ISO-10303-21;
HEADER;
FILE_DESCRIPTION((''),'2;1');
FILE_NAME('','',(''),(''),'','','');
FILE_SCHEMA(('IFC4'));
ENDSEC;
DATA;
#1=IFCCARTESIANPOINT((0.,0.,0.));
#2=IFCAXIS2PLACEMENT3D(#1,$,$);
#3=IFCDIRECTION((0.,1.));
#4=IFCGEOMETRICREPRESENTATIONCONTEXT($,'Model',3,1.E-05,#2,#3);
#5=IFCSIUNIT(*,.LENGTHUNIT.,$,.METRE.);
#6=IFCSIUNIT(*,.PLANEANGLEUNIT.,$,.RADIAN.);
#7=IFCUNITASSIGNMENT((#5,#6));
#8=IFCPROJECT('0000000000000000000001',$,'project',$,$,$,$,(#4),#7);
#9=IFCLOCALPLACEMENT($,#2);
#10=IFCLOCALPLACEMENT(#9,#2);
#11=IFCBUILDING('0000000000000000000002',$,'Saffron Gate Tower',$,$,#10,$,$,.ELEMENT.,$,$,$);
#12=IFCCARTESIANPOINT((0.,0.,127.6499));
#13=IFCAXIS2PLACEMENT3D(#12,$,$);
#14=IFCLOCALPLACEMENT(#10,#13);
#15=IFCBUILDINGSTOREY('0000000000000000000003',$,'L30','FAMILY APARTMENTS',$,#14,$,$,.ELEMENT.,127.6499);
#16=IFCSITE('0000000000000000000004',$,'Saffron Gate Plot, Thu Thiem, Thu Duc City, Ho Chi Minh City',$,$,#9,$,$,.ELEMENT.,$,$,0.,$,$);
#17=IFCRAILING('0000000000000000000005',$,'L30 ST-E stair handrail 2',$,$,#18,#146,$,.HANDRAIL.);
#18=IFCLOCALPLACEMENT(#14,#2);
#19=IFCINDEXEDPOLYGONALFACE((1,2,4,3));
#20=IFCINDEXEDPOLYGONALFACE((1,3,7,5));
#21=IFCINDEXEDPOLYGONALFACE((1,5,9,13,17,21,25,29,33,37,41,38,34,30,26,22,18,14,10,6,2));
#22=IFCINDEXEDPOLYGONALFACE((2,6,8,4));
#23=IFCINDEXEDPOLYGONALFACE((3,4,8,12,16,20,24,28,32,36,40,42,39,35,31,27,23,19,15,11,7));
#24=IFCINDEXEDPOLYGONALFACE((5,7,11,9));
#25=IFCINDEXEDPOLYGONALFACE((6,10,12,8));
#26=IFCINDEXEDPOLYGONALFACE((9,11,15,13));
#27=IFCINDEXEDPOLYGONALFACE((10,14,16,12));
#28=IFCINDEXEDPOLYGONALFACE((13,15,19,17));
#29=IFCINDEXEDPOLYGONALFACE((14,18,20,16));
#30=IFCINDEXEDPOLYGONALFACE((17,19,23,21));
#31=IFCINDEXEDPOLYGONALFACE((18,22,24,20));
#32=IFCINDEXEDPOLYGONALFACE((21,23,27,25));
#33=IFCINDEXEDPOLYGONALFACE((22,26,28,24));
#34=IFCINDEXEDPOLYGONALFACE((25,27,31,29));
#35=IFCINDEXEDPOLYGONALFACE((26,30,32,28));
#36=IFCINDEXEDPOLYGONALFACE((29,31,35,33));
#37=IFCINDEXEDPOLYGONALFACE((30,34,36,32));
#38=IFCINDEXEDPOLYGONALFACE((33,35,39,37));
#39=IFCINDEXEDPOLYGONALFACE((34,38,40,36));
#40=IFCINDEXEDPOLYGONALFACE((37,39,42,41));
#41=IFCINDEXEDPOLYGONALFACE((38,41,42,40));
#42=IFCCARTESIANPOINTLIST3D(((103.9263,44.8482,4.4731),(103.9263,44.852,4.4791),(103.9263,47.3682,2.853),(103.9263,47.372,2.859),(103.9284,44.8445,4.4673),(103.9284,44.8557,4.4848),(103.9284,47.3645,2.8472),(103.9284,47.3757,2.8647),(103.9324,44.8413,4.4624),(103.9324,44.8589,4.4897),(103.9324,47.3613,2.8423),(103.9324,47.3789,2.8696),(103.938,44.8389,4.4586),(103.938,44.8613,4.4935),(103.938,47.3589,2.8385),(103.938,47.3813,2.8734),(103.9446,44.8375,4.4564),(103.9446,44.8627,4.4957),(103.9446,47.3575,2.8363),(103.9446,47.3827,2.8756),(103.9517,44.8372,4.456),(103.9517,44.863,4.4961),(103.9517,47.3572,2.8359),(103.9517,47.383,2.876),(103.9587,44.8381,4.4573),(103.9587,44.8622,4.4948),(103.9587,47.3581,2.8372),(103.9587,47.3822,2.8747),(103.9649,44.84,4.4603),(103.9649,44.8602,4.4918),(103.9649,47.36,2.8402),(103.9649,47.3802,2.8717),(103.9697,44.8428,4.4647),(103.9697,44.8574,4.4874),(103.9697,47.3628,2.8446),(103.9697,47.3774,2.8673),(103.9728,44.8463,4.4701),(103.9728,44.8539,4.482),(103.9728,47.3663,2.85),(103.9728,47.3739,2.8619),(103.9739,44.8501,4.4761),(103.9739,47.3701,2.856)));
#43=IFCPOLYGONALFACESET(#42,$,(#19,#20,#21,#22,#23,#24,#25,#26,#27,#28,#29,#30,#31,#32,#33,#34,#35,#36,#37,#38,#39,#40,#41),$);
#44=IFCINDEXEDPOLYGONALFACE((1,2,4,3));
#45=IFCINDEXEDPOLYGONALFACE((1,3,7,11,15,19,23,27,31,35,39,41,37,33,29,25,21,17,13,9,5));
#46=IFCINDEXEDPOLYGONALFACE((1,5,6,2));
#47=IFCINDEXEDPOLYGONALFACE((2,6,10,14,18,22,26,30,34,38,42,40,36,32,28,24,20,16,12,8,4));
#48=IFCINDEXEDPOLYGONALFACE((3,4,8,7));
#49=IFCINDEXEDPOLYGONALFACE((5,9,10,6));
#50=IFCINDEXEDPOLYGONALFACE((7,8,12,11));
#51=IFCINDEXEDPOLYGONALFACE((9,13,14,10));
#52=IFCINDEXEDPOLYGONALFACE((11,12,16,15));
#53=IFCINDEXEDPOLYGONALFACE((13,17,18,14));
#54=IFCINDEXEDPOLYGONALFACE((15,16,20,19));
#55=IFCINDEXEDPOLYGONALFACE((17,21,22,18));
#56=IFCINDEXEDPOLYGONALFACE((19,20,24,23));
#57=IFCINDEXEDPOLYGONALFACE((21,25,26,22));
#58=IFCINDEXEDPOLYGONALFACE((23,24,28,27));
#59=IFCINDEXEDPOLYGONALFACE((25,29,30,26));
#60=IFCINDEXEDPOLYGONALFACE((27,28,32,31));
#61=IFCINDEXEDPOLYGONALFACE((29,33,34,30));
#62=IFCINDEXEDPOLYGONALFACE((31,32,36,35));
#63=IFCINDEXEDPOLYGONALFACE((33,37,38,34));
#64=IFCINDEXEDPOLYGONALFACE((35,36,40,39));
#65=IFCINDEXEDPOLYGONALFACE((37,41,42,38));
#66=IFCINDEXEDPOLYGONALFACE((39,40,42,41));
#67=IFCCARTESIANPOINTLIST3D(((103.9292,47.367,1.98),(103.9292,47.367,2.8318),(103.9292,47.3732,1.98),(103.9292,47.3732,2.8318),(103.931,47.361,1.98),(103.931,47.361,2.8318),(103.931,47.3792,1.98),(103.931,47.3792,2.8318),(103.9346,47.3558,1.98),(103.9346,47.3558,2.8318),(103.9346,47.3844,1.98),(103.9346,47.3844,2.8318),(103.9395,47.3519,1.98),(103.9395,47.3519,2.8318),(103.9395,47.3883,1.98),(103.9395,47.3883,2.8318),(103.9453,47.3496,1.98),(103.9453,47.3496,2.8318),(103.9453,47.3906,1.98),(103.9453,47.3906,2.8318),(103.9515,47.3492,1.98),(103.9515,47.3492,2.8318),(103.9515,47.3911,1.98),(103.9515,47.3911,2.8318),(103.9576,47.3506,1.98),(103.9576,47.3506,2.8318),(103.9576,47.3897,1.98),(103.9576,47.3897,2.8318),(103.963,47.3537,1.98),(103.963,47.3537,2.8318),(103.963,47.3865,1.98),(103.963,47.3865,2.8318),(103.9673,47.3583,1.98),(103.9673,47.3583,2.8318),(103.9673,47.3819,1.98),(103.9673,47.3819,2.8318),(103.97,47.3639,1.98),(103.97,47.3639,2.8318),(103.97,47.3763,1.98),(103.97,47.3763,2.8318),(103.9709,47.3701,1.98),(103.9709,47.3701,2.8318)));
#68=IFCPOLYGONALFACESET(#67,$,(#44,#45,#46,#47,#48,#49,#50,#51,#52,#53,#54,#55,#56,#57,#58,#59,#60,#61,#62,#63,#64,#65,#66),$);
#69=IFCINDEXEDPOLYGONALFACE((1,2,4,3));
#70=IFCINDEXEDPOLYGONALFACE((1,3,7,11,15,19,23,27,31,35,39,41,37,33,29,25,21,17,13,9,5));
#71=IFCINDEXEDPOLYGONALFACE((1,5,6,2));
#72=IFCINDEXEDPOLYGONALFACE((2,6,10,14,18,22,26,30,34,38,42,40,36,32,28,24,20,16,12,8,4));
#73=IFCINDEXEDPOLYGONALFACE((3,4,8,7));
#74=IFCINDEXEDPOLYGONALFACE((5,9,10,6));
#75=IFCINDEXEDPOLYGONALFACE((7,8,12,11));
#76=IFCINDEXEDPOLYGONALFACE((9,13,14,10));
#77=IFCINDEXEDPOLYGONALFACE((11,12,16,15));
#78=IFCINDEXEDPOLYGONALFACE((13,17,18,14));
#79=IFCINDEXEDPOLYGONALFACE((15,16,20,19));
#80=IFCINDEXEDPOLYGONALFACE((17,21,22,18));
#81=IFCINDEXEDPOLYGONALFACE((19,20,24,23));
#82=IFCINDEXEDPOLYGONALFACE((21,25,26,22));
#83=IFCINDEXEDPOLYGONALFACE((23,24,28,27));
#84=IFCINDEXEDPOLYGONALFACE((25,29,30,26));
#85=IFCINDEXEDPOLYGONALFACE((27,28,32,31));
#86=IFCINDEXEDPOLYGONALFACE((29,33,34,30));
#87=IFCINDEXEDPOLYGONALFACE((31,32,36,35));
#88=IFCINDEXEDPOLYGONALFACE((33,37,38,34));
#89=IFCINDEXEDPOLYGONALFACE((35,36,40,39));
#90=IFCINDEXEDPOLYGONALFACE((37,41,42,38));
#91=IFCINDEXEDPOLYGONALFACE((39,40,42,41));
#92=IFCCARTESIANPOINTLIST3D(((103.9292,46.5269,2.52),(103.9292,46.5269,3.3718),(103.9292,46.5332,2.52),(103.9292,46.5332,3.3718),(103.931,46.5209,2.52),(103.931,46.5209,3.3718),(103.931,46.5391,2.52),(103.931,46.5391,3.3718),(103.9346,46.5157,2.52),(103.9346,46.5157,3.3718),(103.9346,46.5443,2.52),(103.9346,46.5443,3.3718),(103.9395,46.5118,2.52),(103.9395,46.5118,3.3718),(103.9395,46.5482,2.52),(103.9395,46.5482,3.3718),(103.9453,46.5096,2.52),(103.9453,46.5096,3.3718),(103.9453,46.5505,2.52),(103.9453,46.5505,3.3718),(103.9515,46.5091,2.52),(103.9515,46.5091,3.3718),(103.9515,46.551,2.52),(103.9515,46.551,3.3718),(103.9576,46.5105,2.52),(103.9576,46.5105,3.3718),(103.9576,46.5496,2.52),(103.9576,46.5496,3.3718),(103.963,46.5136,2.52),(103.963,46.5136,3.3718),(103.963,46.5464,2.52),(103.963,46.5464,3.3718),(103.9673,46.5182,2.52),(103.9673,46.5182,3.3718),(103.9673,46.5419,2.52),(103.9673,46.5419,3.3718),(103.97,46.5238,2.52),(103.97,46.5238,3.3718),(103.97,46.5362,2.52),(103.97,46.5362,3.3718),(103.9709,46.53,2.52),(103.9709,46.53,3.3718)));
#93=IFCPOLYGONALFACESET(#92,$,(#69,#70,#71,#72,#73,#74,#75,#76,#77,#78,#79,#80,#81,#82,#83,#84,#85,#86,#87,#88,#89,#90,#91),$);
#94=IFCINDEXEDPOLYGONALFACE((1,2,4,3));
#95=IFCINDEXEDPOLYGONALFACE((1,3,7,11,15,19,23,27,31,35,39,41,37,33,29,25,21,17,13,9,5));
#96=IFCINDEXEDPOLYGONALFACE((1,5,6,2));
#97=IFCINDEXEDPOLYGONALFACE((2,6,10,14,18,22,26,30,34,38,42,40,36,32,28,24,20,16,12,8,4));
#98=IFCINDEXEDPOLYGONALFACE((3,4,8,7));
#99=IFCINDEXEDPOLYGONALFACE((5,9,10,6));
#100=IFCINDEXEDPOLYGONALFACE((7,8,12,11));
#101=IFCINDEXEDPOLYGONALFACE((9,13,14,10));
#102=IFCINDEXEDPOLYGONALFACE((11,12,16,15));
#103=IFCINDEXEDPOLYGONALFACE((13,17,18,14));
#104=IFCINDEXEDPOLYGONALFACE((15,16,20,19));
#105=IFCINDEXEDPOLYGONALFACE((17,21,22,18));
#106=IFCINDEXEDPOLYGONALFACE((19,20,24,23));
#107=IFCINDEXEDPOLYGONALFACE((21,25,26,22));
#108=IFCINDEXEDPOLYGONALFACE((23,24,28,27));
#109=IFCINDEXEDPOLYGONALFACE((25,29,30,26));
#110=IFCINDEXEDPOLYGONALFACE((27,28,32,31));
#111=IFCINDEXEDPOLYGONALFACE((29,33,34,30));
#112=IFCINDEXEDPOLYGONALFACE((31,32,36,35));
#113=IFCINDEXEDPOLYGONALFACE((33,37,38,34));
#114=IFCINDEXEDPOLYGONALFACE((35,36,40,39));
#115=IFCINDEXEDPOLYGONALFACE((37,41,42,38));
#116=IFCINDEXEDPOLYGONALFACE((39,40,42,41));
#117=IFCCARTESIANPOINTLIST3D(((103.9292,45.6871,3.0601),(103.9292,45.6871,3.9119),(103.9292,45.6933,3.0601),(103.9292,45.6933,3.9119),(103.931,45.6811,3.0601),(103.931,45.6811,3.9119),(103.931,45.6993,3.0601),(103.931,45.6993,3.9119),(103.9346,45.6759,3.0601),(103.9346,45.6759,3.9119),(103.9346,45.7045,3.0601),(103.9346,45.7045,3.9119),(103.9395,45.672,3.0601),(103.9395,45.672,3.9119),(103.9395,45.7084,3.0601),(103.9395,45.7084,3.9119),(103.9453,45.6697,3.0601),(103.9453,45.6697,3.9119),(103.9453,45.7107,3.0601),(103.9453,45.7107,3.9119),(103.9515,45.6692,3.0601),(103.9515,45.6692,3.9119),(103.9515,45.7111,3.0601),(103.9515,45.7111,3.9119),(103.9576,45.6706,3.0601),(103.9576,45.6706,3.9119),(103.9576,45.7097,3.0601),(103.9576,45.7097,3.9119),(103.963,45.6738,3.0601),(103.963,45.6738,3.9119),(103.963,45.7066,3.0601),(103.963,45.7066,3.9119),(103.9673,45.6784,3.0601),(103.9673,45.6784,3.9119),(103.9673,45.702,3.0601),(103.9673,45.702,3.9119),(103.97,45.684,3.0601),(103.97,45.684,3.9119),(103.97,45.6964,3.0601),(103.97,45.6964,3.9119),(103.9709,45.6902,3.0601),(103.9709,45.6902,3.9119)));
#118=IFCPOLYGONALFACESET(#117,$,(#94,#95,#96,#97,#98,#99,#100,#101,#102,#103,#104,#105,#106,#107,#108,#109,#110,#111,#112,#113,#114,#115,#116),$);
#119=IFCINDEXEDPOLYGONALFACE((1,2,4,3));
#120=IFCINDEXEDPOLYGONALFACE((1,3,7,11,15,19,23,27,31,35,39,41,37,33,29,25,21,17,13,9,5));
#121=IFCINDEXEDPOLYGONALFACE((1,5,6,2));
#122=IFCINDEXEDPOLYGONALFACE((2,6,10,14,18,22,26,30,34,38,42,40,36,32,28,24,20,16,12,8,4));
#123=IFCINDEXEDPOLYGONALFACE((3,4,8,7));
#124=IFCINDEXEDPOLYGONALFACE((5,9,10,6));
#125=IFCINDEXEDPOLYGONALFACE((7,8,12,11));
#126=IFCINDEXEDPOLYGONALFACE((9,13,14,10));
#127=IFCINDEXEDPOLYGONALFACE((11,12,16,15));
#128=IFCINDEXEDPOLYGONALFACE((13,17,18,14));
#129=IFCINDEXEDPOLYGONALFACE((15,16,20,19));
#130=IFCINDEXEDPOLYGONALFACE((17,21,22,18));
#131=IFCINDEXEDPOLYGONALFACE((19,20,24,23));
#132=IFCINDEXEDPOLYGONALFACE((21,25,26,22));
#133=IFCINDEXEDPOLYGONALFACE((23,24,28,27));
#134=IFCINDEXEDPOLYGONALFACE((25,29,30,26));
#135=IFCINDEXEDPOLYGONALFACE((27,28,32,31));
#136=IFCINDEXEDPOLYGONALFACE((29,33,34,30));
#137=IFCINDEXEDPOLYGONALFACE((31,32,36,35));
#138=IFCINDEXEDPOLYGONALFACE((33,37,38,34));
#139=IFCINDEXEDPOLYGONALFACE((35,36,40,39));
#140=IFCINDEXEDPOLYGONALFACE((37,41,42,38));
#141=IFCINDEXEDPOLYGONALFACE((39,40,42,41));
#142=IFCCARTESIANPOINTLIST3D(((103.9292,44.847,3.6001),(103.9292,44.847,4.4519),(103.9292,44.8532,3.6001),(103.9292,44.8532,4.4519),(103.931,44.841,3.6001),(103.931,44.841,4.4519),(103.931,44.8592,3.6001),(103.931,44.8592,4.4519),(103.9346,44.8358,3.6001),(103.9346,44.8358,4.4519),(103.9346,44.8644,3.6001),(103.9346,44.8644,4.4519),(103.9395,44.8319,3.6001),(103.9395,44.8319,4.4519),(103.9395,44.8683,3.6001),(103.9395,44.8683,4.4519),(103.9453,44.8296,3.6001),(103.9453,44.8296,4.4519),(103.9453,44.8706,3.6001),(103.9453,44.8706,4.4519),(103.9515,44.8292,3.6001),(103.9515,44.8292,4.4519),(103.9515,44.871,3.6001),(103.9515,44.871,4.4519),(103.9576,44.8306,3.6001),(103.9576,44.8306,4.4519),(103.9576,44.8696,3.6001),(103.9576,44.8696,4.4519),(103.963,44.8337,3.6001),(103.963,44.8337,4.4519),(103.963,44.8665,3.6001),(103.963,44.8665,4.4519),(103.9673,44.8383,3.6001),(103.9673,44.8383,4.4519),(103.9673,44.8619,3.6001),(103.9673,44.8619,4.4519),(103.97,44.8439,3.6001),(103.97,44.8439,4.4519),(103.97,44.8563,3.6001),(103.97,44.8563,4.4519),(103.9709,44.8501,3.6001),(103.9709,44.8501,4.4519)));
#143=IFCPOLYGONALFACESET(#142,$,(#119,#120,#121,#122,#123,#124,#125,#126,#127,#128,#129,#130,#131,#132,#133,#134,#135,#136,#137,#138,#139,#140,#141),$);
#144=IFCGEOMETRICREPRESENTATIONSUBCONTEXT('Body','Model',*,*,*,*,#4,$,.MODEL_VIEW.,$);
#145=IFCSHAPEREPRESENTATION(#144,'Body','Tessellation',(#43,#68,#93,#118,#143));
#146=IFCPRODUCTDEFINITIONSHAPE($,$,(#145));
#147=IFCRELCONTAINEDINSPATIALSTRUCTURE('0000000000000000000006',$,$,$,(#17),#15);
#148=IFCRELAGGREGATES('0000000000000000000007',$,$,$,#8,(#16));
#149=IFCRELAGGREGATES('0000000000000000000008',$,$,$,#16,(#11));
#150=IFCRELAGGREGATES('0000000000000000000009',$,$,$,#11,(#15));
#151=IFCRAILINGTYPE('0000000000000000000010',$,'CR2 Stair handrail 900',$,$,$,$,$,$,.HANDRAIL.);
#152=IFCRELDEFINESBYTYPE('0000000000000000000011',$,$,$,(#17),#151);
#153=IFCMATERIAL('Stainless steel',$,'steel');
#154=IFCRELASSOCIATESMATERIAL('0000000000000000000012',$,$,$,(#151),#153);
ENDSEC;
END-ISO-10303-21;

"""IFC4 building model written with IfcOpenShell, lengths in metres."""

from ifc_helpers import new_model, si_unit, direction, frame, origin, origin_2d, place, context, subcontext, project, spatial, circle, extrude, material, type_object, element, save


model = new_model("IFC4")

# Units and contexts
model_context = context("Model", 3, precision=1e-05, world=origin(), true_north=direction((0.0, 1.0)))
body_context = subcontext(model_context, "Body", "Model", "MODEL_VIEW")
ifc_project = project(units=[si_unit("LENGTHUNIT", "METRE"), si_unit("PLANEANGLEUNIT", "RADIAN")], contexts=[model_context])

# Site, building, storey
site_placement = place(None, origin())
site = spatial("IfcSite", under=ifc_project, at=site_placement, Name="Saffron Gate Plot, Thu Thiem, Thu Duc City, Ho Chi Minh City", CompositionType="ELEMENT", RefElevation=0.0)
building_placement = place(site_placement, origin())
building = spatial("IfcBuilding", under=site, at=building_placement, Name="Saffron Gate Tower", CompositionType="ELEMENT")
storey_placement = place(building_placement, frame((0.0, 0.0, 127.6499)))
storey = spatial("IfcBuildingStorey", under=building, at=storey_placement, Name="L30", Description="FAMILY APARTMENTS", CompositionType="ELEMENT", Elevation=127.6499)

# Railing
ifc_material_1 = material(Name="Stainless steel", Category="steel")
railing_type_1 = type_object("IfcRailingType", Name="CR2 Stair handrail 900", PredefinedType="HANDRAIL", material=ifc_material_1)
railing_1_placement = place(storey_placement, frame((103.95, 47.3701, 1.98)))
element("IfcRailing", 1, at=railing_1_placement, inside=storey, type_object=railing_type_1, Name="L30 ST-E stair handrail 2", PredefinedType="HANDRAIL", context=body_context, shape_type="SweptSolid", body=[
    extrude(circle(Radius=0.0239, at=origin_2d()), frame((0.0, 0.0, 0.876), z_axis=(0.0, -0.841163, 0.540782), x_axis=(1.0, 0.0, 0.0)), (0.0, 0.0, 1.0), 2.9958),
    extrude(circle(Radius=0.021, at=origin_2d()), origin(), (0.0, 0.0, 1.0), 0.8518),
    extrude(circle(Radius=0.021, at=origin_2d()), frame((0.0, -0.8401, 0.54)), (0.0, 0.0, 1.0), 0.8518),
    extrude(circle(Radius=0.021, at=origin_2d()), frame((0.0, -1.6799, 1.0801)), (0.0, 0.0, 1.0), 0.8518),
    extrude(circle(Radius=0.021, at=origin_2d()), frame((0.0, -2.52, 1.6201)), (0.0, 0.0, 1.0), 0.8518),
])

save(model, "model.ifc")
